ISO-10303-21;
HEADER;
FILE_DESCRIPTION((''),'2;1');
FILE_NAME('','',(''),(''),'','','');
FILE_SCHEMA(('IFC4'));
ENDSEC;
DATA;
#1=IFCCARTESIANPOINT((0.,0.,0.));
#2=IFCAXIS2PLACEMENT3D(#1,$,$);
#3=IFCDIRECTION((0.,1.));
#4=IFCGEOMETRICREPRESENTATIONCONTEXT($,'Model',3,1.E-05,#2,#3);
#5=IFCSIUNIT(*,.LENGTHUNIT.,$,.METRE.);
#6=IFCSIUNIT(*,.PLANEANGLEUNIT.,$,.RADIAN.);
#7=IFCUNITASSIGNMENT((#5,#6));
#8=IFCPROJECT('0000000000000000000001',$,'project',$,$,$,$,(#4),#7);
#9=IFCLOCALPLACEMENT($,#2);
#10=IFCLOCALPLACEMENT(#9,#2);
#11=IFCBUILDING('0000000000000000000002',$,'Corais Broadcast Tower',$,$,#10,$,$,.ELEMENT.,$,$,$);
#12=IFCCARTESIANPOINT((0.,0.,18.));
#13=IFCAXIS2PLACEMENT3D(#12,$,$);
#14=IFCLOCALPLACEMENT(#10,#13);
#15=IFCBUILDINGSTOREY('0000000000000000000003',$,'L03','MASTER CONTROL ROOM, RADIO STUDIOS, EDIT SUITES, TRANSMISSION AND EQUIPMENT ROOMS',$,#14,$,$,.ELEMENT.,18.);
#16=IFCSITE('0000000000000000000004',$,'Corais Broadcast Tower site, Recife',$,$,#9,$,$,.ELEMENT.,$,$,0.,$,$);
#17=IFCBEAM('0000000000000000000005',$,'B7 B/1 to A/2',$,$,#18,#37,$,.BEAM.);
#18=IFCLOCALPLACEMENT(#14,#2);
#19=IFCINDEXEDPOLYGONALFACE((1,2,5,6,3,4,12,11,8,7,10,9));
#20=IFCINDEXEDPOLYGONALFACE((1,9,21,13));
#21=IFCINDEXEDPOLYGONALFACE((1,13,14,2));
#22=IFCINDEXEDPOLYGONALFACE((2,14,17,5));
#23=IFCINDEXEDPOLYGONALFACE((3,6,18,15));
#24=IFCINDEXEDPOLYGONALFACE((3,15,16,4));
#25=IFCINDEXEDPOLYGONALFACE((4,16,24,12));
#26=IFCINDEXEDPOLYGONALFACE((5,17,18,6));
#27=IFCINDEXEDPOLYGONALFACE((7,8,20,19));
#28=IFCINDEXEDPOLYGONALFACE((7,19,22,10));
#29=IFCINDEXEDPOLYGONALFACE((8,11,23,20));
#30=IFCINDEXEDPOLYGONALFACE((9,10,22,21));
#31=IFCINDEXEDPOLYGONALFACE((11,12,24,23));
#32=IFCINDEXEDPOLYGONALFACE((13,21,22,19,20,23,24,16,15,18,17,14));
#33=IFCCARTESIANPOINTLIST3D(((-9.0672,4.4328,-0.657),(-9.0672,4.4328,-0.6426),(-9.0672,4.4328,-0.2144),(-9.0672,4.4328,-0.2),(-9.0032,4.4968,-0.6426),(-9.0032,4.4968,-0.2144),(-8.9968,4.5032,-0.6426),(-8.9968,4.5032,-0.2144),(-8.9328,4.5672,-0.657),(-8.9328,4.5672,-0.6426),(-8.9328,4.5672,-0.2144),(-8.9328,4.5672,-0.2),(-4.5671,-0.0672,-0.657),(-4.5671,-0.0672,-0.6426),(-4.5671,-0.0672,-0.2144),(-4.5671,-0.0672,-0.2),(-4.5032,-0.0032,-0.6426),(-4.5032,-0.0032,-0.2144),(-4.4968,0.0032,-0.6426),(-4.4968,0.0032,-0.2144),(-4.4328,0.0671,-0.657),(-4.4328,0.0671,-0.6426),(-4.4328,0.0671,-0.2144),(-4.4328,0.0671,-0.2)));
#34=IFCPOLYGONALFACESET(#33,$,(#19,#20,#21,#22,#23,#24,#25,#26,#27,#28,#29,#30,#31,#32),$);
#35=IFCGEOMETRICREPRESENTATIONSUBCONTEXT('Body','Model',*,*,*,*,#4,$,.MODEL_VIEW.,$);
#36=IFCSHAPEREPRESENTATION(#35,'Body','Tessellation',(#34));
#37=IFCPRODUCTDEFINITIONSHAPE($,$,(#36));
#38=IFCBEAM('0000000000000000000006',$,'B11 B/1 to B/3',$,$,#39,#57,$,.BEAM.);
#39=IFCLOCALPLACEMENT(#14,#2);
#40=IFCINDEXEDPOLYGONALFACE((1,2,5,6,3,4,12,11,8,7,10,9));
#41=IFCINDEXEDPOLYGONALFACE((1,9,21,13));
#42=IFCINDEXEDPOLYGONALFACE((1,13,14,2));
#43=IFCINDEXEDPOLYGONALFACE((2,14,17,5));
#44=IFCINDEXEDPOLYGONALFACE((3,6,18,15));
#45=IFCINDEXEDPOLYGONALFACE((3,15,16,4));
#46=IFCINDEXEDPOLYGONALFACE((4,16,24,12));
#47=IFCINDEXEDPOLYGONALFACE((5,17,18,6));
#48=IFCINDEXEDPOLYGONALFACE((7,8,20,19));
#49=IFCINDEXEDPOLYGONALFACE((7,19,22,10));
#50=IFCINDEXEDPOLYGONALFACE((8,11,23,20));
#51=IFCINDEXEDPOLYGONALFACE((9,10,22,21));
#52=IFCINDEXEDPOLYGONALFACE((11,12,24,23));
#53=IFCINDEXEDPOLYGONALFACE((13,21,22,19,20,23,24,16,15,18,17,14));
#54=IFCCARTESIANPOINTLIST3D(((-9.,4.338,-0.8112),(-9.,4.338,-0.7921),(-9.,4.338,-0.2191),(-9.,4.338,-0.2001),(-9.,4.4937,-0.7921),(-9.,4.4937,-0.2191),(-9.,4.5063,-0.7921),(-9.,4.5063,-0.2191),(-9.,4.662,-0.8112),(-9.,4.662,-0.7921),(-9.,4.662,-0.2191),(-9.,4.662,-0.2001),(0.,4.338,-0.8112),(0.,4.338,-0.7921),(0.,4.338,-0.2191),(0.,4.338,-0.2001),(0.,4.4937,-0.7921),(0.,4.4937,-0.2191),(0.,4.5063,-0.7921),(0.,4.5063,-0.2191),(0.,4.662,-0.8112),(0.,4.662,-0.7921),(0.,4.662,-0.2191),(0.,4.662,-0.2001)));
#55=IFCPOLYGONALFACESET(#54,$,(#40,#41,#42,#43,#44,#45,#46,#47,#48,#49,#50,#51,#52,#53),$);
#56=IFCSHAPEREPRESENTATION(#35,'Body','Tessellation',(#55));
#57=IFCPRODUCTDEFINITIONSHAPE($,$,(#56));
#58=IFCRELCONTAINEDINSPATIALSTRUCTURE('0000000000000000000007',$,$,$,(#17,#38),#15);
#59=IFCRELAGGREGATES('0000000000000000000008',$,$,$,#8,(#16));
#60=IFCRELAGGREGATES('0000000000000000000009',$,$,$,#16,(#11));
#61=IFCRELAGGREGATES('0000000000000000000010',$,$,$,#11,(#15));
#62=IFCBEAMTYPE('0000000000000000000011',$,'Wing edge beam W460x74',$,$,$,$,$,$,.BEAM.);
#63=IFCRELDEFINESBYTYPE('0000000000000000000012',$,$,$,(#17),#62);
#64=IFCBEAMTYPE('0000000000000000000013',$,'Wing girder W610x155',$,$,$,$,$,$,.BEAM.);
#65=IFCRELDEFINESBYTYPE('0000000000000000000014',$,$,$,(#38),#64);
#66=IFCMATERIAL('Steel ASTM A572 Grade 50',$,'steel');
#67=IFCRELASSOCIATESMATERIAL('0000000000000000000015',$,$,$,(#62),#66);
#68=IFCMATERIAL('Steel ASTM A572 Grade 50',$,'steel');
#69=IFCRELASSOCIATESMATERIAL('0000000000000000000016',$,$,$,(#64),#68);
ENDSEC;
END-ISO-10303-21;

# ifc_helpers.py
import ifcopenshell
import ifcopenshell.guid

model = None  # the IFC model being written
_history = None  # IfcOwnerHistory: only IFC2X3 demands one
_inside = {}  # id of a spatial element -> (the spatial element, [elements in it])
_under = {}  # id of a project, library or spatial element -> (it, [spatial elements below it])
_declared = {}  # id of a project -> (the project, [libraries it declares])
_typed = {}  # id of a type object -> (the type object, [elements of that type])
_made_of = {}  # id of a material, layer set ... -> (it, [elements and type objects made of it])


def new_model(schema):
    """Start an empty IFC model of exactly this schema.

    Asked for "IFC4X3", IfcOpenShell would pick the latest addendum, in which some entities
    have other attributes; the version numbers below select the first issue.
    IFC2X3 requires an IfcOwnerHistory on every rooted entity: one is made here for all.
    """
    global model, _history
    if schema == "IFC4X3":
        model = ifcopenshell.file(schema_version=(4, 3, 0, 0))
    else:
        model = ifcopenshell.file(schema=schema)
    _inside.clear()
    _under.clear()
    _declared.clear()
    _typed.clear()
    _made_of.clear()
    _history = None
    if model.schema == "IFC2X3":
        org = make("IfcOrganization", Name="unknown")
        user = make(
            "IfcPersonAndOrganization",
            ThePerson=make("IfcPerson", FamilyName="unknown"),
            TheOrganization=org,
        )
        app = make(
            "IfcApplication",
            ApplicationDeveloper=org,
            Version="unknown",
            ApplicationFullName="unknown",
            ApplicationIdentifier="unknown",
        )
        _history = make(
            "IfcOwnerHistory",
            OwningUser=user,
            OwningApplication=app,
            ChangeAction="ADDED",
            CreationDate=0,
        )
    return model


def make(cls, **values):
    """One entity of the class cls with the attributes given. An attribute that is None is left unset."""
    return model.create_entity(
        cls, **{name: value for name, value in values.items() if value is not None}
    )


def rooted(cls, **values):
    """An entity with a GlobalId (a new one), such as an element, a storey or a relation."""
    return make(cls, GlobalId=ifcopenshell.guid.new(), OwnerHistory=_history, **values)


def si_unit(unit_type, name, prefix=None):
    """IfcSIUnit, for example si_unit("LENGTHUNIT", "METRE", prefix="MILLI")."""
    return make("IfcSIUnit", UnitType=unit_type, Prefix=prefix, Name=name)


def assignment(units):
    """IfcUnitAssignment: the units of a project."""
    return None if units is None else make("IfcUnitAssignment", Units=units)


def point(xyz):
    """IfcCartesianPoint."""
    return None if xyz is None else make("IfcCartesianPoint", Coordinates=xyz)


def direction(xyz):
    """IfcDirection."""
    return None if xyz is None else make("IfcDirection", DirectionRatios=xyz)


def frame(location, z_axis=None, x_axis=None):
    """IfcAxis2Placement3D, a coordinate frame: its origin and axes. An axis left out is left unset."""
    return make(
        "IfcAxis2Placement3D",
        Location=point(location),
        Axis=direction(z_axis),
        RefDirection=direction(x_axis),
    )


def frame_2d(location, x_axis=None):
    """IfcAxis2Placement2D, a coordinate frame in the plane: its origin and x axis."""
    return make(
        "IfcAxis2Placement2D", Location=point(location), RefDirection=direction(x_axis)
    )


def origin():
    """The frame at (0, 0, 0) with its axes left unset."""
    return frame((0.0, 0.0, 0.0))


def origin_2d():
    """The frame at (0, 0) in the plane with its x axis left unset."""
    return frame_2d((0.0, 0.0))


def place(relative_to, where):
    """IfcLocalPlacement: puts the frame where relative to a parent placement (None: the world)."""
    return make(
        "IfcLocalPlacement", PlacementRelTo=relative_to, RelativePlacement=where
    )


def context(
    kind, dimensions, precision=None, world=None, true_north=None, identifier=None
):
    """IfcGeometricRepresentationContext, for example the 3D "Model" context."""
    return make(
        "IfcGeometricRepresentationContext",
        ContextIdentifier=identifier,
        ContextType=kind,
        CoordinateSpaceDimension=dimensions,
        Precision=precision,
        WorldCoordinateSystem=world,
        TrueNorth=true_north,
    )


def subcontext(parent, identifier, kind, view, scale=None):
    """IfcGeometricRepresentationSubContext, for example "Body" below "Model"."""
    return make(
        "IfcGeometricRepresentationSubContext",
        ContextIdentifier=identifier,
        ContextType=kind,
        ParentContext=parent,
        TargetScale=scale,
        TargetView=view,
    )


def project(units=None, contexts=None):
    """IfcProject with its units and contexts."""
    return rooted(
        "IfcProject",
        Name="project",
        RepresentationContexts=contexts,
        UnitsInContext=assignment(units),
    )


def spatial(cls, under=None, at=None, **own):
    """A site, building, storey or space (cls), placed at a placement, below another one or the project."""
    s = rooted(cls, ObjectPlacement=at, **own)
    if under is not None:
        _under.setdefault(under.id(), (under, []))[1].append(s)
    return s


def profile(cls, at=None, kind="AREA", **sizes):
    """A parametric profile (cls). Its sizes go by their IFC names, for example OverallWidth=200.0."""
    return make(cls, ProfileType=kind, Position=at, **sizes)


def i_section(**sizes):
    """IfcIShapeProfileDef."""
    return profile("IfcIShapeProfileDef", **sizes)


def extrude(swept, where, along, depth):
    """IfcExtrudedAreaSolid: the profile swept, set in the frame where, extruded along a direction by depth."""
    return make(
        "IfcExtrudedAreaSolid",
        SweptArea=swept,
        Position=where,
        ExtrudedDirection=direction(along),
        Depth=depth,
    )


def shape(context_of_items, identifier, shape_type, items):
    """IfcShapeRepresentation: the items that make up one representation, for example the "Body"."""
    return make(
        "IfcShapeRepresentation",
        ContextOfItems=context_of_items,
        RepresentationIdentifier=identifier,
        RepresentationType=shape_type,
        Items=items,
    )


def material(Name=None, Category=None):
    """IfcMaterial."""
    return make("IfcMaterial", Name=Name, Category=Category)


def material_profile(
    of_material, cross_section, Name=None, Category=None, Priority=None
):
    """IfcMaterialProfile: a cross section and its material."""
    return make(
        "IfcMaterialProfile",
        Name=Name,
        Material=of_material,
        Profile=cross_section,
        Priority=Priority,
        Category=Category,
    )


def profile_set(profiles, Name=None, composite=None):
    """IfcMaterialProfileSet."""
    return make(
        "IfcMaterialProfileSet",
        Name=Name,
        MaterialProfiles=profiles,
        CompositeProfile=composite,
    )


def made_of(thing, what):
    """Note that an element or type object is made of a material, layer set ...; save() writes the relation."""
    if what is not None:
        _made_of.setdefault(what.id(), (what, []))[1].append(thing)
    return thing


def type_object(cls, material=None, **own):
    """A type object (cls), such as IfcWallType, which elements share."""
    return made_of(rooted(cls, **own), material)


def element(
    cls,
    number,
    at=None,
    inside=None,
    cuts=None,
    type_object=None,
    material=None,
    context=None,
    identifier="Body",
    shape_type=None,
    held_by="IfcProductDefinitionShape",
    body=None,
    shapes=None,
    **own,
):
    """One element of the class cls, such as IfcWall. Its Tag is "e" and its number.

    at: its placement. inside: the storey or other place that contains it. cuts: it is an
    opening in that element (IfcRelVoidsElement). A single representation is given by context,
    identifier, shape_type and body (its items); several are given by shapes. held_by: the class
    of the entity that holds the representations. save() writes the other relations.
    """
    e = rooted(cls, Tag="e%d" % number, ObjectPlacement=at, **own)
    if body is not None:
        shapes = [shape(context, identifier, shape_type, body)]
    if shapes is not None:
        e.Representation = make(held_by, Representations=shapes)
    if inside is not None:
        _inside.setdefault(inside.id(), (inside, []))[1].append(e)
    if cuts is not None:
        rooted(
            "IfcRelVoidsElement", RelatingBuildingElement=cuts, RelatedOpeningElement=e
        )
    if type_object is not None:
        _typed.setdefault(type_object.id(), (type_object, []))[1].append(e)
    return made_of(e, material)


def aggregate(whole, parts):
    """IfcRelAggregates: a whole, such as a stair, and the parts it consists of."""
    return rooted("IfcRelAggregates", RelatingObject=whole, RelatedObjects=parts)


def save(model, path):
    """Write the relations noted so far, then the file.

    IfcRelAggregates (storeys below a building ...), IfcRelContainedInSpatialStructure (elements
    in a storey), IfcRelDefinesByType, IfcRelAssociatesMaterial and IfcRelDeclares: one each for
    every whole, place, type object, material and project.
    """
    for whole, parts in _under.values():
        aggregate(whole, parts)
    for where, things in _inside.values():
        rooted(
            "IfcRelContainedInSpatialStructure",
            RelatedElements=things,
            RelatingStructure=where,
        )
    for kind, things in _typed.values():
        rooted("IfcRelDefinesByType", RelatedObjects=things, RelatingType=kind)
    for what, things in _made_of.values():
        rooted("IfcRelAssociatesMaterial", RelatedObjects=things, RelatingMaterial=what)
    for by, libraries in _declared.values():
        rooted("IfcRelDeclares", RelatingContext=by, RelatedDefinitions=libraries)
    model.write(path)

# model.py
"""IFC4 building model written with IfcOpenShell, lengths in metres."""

from ifc_helpers import new_model, si_unit, direction, frame, origin, origin_2d, place, context, subcontext, project, spatial, i_section, extrude, material, material_profile, profile_set, type_object, element, save


model = new_model("IFC4")

# Units and contexts
model_context = context("Model", 3, precision=1e-05, world=origin(), true_north=direction((0.0, 1.0)))
body_context = subcontext(model_context, "Body", "Model", "MODEL_VIEW")
ifc_project = project(units=[si_unit("LENGTHUNIT", "METRE"), si_unit("PLANEANGLEUNIT", "RADIAN")], contexts=[model_context])

# Site, building, storey
site_placement = place(None, origin())
site = spatial("IfcSite", under=ifc_project, at=site_placement, Name="Corais Broadcast Tower site, Recife", CompositionType="ELEMENT", RefElevation=0.0)
building_placement = place(site_placement, origin())
building = spatial("IfcBuilding", under=site, at=building_placement, Name="Corais Broadcast Tower", CompositionType="ELEMENT")
storey_placement = place(building_placement, frame((0.0, 0.0, 18.0)))
storey = spatial("IfcBuildingStorey", under=building, at=storey_placement, Name="L03", Description="MASTER CONTROL ROOM, RADIO STUDIOS, EDIT SUITES, TRANSMISSION AND EQUIPMENT ROOMS", CompositionType="ELEMENT", Elevation=18.0)

# Beams
ifc_material_1 = material(Name="Steel ASTM A572 Grade 50", Category="steel")
ifc_material_profile_1 = material_profile(ifc_material_1, i_section(OverallWidth=0.1899, OverallDepth=0.457, WebThickness=0.009, FlangeThickness=0.0144, at=origin_2d()), Name="W460x74")
ifc_profile_set_1 = profile_set([ifc_material_profile_1], Name="Steel ASTM A572 Grade 50")
beam_type_1 = type_object("IfcBeamType", Name="Wing edge beam W460x74", PredefinedType="BEAM", material=ifc_profile_set_1)
beam_1_placement = place(storey_placement, frame((-9.0, 4.5, -0.4285), z_axis=(0.707107, -0.707107, 0.0), x_axis=(0.707107, 0.707107, 0.0)))
element("IfcBeam", 1, at=beam_1_placement, inside=storey, type_object=beam_type_1, Name="B7 B/1 to A/2", PredefinedType="BEAM", context=body_context, shape_type="SweptSolid", body=[
    extrude(i_section(OverallWidth=0.1899, OverallDepth=0.457, WebThickness=0.009, FlangeThickness=0.0144, at=origin_2d()), origin(), (0.0, 0.0, 1.0), 6.364),
])
ifc_material_2 = material(Name="Steel ASTM A572 Grade 50", Category="steel")
ifc_material_profile_2 = material_profile(ifc_material_2, i_section(OverallWidth=0.324, OverallDepth=0.6111, WebThickness=0.0127, FlangeThickness=0.019, at=origin_2d()), Name="W610x155")
ifc_profile_set_2 = profile_set([ifc_material_profile_2], Name="Steel ASTM A572 Grade 50")
beam_type_2 = type_object("IfcBeamType", Name="Wing girder W610x155", PredefinedType="BEAM", material=ifc_profile_set_2)
beam_2_placement = place(storey_placement, frame((-9.0, 4.5, -0.5056), z_axis=(1.0, 0.0, 0.0), x_axis=(0.0, 1.0, 0.0)))
element("IfcBeam", 2, at=beam_2_placement, inside=storey, type_object=beam_type_2, Name="B11 B/1 to B/3", PredefinedType="BEAM", context=body_context, shape_type="SweptSolid", body=[
    extrude(i_section(OverallWidth=0.324, OverallDepth=0.6111, WebThickness=0.0127, FlangeThickness=0.019, at=origin_2d()), origin(), (0.0, 0.0, 1.0), 9.0),
])

save(model, "model.ifc")
